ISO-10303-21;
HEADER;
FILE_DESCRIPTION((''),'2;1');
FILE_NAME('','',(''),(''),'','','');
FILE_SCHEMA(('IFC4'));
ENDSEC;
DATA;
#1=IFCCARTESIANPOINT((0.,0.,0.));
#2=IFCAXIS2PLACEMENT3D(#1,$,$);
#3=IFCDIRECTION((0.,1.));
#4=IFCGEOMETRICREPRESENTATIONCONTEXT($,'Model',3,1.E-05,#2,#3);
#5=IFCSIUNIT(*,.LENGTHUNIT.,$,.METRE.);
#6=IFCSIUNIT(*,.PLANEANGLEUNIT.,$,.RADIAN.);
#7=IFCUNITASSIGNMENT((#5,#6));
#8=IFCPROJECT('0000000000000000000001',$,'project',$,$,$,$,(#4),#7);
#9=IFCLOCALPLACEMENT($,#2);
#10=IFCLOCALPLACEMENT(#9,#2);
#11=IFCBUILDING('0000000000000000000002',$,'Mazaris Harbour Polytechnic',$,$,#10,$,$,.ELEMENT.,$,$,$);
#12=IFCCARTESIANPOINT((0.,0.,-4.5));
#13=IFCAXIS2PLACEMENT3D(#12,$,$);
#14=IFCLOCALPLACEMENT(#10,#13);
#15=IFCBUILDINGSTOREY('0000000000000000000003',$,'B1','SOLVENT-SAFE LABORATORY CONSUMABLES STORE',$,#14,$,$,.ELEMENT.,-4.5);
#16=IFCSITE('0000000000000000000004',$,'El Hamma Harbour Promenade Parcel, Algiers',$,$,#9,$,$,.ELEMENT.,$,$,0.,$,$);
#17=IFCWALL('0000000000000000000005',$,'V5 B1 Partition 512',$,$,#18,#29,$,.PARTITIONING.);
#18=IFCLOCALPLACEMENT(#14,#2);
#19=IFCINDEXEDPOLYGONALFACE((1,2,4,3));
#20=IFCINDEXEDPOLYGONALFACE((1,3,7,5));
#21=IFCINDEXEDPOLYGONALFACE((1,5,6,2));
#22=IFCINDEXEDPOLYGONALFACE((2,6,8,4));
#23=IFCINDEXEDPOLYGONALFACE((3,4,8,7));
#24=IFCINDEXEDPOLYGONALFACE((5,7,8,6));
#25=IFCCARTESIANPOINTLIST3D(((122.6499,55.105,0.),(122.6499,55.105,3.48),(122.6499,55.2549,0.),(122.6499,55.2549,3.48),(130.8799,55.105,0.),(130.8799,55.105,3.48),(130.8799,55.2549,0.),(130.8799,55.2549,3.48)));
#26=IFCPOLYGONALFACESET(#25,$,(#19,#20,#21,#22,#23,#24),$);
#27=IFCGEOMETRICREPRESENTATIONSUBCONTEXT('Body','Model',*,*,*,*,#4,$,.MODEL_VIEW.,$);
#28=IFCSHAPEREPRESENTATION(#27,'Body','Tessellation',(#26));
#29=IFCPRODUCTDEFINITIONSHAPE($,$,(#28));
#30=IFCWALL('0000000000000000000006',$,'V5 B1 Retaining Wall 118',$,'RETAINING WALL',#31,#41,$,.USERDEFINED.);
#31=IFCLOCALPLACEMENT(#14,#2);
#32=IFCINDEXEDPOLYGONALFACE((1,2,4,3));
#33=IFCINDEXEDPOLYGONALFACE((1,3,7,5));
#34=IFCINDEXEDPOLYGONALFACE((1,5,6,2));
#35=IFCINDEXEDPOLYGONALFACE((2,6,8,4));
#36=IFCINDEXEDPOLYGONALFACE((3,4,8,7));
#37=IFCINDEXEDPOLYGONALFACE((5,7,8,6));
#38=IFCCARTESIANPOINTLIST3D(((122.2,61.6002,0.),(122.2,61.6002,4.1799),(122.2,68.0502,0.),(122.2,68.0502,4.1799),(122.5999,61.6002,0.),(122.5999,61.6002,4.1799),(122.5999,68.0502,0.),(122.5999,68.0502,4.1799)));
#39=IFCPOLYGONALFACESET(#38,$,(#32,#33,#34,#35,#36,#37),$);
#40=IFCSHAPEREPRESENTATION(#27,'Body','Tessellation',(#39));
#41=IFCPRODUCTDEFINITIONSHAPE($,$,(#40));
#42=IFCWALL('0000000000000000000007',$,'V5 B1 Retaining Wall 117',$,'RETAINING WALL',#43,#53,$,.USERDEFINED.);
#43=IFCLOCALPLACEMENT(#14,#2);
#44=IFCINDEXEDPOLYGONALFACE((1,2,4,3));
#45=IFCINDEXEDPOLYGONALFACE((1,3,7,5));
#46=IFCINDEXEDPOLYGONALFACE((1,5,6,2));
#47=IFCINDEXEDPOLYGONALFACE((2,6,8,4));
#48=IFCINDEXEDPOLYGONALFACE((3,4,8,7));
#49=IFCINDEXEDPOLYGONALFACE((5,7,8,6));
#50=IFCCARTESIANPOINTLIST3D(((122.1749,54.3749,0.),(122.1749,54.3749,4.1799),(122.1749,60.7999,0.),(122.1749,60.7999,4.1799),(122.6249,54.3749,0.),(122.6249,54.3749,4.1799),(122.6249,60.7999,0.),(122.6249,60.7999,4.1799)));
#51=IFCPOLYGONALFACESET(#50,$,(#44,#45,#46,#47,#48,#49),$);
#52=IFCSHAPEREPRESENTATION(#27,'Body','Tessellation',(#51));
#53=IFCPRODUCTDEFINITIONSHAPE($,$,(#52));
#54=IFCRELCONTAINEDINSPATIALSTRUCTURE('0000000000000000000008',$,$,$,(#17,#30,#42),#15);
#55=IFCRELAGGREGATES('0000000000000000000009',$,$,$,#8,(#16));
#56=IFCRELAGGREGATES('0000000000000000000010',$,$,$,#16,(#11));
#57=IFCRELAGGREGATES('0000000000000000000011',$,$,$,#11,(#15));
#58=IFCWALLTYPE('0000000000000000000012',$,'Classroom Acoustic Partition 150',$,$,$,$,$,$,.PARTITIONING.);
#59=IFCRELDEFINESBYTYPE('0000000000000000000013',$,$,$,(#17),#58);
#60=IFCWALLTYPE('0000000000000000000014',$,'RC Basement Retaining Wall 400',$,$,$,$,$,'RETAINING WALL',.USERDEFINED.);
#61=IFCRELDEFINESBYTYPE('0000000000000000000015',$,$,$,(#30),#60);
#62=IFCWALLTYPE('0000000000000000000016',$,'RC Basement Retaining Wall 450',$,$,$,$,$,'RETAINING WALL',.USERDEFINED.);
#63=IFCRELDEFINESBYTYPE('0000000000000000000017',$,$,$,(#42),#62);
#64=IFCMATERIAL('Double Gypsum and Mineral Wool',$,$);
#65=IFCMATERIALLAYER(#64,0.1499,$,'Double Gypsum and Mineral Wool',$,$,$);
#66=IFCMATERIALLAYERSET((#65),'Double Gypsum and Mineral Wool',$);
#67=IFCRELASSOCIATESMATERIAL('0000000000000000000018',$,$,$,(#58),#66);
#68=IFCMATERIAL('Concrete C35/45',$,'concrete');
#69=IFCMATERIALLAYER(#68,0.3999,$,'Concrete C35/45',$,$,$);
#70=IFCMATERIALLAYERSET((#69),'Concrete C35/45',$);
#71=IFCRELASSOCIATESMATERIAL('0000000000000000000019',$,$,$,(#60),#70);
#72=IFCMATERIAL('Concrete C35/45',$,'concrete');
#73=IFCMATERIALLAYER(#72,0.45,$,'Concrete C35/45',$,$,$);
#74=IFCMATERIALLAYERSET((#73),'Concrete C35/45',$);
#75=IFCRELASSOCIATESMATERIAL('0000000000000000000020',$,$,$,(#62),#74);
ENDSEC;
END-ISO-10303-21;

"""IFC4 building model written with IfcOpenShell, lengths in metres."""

from ifc_helpers import new_model, si_unit, direction, frame, frame_2d, origin, place, context, subcontext, project, spatial, rectangle, extrude, material, layer, layer_set, type_object, element, save


model = new_model("IFC4")

# Units and contexts
model_context = context("Model", 3, precision=1e-05, world=origin(), true_north=direction((0.0, 1.0)))
body_context = subcontext(model_context, "Body", "Model", "MODEL_VIEW")
ifc_project = project(units=[si_unit("LENGTHUNIT", "METRE"), si_unit("PLANEANGLEUNIT", "RADIAN")], contexts=[model_context])

# Site, building, storey
site_placement = place(None, origin())
site = spatial("IfcSite", under=ifc_project, at=site_placement, Name="El Hamma Harbour Promenade Parcel, Algiers", CompositionType="ELEMENT", RefElevation=0.0)
building_placement = place(site_placement, origin())
building = spatial("IfcBuilding", under=site, at=building_placement, Name="Mazaris Harbour Polytechnic", CompositionType="ELEMENT")
storey_placement = place(building_placement, frame((0.0, 0.0, -4.5)))
storey = spatial("IfcBuildingStorey", under=building, at=storey_placement, Name="B1", Description="SOLVENT-SAFE LABORATORY CONSUMABLES STORE", CompositionType="ELEMENT", Elevation=-4.5)

# Walls
ifc_material_1 = material(Name="Double Gypsum and Mineral Wool")
ifc_layer_1 = layer(ifc_material_1, 0.1499, Name="Double Gypsum and Mineral Wool")
ifc_layer_set_1 = layer_set([ifc_layer_1], Name="Double Gypsum and Mineral Wool")
wall_type_1 = type_object("IfcWallType", Name="Classroom Acoustic Partition 150", PredefinedType="PARTITIONING", material=ifc_layer_set_1)
wall_1_placement = place(storey_placement, frame((122.6499, 55.1799, 0.0), z_axis=(0.0, 0.0, 1.0), x_axis=(1.0, 0.0, 0.0)))
element("IfcWall", 1, at=wall_1_placement, inside=storey, type_object=wall_type_1, Name="V5 B1 Partition 512", PredefinedType="PARTITIONING", context=body_context, shape_type="SweptSolid", body=[
    extrude(rectangle(XDim=8.23, YDim=0.1499, at=frame_2d((4.115, 0.0))), origin(), (0.0, 0.0, 1.0), 3.48),
])
ifc_material_2 = material(Name="Concrete C35/45", Category="concrete")
ifc_layer_2 = layer(ifc_material_2, 0.3999, Name="Concrete C35/45")
ifc_layer_set_2 = layer_set([ifc_layer_2], Name="Concrete C35/45")
wall_type_2 = type_object("IfcWallType", Name="RC Basement Retaining Wall 400", ElementType="RETAINING WALL", PredefinedType="USERDEFINED", material=ifc_layer_set_2)
wall_2_placement = place(storey_placement, frame((122.3999, 61.6001, 0.0), z_axis=(0.0, 0.0, 1.0), x_axis=(0.0, 1.0, 0.0)))
element("IfcWall", 2, at=wall_2_placement, inside=storey, type_object=wall_type_2, Name="V5 B1 Retaining Wall 118", ObjectType="RETAINING WALL", PredefinedType="USERDEFINED", context=body_context, shape_type="SweptSolid", body=[
    extrude(rectangle(XDim=6.45, YDim=0.3999, at=frame_2d((3.2251, 0.0))), origin(), (0.0, 0.0, 1.0), 4.1799),
])
ifc_material_3 = material(Name="Concrete C35/45", Category="concrete")
ifc_layer_3 = layer(ifc_material_3, 0.45, Name="Concrete C35/45")
ifc_layer_set_3 = layer_set([ifc_layer_3], Name="Concrete C35/45")
wall_type_3 = type_object("IfcWallType", Name="RC Basement Retaining Wall 450", ElementType="RETAINING WALL", PredefinedType="USERDEFINED", material=ifc_layer_set_3)
wall_3_placement = place(storey_placement, frame((122.3999, 54.375, 0.0), z_axis=(0.0, 0.0, 1.0), x_axis=(0.0, 1.0, 0.0)))
element("IfcWall", 3, at=wall_3_placement, inside=storey, type_object=wall_type_3, Name="V5 B1 Retaining Wall 117", ObjectType="RETAINING WALL", PredefinedType="USERDEFINED", context=body_context, shape_type="SweptSolid", body=[
    extrude(rectangle(XDim=6.425, YDim=0.45, at=frame_2d((3.2124, 0.0))), origin(), (0.0, 0.0, 1.0), 4.1799),
])

save(model, "model.ifc")
